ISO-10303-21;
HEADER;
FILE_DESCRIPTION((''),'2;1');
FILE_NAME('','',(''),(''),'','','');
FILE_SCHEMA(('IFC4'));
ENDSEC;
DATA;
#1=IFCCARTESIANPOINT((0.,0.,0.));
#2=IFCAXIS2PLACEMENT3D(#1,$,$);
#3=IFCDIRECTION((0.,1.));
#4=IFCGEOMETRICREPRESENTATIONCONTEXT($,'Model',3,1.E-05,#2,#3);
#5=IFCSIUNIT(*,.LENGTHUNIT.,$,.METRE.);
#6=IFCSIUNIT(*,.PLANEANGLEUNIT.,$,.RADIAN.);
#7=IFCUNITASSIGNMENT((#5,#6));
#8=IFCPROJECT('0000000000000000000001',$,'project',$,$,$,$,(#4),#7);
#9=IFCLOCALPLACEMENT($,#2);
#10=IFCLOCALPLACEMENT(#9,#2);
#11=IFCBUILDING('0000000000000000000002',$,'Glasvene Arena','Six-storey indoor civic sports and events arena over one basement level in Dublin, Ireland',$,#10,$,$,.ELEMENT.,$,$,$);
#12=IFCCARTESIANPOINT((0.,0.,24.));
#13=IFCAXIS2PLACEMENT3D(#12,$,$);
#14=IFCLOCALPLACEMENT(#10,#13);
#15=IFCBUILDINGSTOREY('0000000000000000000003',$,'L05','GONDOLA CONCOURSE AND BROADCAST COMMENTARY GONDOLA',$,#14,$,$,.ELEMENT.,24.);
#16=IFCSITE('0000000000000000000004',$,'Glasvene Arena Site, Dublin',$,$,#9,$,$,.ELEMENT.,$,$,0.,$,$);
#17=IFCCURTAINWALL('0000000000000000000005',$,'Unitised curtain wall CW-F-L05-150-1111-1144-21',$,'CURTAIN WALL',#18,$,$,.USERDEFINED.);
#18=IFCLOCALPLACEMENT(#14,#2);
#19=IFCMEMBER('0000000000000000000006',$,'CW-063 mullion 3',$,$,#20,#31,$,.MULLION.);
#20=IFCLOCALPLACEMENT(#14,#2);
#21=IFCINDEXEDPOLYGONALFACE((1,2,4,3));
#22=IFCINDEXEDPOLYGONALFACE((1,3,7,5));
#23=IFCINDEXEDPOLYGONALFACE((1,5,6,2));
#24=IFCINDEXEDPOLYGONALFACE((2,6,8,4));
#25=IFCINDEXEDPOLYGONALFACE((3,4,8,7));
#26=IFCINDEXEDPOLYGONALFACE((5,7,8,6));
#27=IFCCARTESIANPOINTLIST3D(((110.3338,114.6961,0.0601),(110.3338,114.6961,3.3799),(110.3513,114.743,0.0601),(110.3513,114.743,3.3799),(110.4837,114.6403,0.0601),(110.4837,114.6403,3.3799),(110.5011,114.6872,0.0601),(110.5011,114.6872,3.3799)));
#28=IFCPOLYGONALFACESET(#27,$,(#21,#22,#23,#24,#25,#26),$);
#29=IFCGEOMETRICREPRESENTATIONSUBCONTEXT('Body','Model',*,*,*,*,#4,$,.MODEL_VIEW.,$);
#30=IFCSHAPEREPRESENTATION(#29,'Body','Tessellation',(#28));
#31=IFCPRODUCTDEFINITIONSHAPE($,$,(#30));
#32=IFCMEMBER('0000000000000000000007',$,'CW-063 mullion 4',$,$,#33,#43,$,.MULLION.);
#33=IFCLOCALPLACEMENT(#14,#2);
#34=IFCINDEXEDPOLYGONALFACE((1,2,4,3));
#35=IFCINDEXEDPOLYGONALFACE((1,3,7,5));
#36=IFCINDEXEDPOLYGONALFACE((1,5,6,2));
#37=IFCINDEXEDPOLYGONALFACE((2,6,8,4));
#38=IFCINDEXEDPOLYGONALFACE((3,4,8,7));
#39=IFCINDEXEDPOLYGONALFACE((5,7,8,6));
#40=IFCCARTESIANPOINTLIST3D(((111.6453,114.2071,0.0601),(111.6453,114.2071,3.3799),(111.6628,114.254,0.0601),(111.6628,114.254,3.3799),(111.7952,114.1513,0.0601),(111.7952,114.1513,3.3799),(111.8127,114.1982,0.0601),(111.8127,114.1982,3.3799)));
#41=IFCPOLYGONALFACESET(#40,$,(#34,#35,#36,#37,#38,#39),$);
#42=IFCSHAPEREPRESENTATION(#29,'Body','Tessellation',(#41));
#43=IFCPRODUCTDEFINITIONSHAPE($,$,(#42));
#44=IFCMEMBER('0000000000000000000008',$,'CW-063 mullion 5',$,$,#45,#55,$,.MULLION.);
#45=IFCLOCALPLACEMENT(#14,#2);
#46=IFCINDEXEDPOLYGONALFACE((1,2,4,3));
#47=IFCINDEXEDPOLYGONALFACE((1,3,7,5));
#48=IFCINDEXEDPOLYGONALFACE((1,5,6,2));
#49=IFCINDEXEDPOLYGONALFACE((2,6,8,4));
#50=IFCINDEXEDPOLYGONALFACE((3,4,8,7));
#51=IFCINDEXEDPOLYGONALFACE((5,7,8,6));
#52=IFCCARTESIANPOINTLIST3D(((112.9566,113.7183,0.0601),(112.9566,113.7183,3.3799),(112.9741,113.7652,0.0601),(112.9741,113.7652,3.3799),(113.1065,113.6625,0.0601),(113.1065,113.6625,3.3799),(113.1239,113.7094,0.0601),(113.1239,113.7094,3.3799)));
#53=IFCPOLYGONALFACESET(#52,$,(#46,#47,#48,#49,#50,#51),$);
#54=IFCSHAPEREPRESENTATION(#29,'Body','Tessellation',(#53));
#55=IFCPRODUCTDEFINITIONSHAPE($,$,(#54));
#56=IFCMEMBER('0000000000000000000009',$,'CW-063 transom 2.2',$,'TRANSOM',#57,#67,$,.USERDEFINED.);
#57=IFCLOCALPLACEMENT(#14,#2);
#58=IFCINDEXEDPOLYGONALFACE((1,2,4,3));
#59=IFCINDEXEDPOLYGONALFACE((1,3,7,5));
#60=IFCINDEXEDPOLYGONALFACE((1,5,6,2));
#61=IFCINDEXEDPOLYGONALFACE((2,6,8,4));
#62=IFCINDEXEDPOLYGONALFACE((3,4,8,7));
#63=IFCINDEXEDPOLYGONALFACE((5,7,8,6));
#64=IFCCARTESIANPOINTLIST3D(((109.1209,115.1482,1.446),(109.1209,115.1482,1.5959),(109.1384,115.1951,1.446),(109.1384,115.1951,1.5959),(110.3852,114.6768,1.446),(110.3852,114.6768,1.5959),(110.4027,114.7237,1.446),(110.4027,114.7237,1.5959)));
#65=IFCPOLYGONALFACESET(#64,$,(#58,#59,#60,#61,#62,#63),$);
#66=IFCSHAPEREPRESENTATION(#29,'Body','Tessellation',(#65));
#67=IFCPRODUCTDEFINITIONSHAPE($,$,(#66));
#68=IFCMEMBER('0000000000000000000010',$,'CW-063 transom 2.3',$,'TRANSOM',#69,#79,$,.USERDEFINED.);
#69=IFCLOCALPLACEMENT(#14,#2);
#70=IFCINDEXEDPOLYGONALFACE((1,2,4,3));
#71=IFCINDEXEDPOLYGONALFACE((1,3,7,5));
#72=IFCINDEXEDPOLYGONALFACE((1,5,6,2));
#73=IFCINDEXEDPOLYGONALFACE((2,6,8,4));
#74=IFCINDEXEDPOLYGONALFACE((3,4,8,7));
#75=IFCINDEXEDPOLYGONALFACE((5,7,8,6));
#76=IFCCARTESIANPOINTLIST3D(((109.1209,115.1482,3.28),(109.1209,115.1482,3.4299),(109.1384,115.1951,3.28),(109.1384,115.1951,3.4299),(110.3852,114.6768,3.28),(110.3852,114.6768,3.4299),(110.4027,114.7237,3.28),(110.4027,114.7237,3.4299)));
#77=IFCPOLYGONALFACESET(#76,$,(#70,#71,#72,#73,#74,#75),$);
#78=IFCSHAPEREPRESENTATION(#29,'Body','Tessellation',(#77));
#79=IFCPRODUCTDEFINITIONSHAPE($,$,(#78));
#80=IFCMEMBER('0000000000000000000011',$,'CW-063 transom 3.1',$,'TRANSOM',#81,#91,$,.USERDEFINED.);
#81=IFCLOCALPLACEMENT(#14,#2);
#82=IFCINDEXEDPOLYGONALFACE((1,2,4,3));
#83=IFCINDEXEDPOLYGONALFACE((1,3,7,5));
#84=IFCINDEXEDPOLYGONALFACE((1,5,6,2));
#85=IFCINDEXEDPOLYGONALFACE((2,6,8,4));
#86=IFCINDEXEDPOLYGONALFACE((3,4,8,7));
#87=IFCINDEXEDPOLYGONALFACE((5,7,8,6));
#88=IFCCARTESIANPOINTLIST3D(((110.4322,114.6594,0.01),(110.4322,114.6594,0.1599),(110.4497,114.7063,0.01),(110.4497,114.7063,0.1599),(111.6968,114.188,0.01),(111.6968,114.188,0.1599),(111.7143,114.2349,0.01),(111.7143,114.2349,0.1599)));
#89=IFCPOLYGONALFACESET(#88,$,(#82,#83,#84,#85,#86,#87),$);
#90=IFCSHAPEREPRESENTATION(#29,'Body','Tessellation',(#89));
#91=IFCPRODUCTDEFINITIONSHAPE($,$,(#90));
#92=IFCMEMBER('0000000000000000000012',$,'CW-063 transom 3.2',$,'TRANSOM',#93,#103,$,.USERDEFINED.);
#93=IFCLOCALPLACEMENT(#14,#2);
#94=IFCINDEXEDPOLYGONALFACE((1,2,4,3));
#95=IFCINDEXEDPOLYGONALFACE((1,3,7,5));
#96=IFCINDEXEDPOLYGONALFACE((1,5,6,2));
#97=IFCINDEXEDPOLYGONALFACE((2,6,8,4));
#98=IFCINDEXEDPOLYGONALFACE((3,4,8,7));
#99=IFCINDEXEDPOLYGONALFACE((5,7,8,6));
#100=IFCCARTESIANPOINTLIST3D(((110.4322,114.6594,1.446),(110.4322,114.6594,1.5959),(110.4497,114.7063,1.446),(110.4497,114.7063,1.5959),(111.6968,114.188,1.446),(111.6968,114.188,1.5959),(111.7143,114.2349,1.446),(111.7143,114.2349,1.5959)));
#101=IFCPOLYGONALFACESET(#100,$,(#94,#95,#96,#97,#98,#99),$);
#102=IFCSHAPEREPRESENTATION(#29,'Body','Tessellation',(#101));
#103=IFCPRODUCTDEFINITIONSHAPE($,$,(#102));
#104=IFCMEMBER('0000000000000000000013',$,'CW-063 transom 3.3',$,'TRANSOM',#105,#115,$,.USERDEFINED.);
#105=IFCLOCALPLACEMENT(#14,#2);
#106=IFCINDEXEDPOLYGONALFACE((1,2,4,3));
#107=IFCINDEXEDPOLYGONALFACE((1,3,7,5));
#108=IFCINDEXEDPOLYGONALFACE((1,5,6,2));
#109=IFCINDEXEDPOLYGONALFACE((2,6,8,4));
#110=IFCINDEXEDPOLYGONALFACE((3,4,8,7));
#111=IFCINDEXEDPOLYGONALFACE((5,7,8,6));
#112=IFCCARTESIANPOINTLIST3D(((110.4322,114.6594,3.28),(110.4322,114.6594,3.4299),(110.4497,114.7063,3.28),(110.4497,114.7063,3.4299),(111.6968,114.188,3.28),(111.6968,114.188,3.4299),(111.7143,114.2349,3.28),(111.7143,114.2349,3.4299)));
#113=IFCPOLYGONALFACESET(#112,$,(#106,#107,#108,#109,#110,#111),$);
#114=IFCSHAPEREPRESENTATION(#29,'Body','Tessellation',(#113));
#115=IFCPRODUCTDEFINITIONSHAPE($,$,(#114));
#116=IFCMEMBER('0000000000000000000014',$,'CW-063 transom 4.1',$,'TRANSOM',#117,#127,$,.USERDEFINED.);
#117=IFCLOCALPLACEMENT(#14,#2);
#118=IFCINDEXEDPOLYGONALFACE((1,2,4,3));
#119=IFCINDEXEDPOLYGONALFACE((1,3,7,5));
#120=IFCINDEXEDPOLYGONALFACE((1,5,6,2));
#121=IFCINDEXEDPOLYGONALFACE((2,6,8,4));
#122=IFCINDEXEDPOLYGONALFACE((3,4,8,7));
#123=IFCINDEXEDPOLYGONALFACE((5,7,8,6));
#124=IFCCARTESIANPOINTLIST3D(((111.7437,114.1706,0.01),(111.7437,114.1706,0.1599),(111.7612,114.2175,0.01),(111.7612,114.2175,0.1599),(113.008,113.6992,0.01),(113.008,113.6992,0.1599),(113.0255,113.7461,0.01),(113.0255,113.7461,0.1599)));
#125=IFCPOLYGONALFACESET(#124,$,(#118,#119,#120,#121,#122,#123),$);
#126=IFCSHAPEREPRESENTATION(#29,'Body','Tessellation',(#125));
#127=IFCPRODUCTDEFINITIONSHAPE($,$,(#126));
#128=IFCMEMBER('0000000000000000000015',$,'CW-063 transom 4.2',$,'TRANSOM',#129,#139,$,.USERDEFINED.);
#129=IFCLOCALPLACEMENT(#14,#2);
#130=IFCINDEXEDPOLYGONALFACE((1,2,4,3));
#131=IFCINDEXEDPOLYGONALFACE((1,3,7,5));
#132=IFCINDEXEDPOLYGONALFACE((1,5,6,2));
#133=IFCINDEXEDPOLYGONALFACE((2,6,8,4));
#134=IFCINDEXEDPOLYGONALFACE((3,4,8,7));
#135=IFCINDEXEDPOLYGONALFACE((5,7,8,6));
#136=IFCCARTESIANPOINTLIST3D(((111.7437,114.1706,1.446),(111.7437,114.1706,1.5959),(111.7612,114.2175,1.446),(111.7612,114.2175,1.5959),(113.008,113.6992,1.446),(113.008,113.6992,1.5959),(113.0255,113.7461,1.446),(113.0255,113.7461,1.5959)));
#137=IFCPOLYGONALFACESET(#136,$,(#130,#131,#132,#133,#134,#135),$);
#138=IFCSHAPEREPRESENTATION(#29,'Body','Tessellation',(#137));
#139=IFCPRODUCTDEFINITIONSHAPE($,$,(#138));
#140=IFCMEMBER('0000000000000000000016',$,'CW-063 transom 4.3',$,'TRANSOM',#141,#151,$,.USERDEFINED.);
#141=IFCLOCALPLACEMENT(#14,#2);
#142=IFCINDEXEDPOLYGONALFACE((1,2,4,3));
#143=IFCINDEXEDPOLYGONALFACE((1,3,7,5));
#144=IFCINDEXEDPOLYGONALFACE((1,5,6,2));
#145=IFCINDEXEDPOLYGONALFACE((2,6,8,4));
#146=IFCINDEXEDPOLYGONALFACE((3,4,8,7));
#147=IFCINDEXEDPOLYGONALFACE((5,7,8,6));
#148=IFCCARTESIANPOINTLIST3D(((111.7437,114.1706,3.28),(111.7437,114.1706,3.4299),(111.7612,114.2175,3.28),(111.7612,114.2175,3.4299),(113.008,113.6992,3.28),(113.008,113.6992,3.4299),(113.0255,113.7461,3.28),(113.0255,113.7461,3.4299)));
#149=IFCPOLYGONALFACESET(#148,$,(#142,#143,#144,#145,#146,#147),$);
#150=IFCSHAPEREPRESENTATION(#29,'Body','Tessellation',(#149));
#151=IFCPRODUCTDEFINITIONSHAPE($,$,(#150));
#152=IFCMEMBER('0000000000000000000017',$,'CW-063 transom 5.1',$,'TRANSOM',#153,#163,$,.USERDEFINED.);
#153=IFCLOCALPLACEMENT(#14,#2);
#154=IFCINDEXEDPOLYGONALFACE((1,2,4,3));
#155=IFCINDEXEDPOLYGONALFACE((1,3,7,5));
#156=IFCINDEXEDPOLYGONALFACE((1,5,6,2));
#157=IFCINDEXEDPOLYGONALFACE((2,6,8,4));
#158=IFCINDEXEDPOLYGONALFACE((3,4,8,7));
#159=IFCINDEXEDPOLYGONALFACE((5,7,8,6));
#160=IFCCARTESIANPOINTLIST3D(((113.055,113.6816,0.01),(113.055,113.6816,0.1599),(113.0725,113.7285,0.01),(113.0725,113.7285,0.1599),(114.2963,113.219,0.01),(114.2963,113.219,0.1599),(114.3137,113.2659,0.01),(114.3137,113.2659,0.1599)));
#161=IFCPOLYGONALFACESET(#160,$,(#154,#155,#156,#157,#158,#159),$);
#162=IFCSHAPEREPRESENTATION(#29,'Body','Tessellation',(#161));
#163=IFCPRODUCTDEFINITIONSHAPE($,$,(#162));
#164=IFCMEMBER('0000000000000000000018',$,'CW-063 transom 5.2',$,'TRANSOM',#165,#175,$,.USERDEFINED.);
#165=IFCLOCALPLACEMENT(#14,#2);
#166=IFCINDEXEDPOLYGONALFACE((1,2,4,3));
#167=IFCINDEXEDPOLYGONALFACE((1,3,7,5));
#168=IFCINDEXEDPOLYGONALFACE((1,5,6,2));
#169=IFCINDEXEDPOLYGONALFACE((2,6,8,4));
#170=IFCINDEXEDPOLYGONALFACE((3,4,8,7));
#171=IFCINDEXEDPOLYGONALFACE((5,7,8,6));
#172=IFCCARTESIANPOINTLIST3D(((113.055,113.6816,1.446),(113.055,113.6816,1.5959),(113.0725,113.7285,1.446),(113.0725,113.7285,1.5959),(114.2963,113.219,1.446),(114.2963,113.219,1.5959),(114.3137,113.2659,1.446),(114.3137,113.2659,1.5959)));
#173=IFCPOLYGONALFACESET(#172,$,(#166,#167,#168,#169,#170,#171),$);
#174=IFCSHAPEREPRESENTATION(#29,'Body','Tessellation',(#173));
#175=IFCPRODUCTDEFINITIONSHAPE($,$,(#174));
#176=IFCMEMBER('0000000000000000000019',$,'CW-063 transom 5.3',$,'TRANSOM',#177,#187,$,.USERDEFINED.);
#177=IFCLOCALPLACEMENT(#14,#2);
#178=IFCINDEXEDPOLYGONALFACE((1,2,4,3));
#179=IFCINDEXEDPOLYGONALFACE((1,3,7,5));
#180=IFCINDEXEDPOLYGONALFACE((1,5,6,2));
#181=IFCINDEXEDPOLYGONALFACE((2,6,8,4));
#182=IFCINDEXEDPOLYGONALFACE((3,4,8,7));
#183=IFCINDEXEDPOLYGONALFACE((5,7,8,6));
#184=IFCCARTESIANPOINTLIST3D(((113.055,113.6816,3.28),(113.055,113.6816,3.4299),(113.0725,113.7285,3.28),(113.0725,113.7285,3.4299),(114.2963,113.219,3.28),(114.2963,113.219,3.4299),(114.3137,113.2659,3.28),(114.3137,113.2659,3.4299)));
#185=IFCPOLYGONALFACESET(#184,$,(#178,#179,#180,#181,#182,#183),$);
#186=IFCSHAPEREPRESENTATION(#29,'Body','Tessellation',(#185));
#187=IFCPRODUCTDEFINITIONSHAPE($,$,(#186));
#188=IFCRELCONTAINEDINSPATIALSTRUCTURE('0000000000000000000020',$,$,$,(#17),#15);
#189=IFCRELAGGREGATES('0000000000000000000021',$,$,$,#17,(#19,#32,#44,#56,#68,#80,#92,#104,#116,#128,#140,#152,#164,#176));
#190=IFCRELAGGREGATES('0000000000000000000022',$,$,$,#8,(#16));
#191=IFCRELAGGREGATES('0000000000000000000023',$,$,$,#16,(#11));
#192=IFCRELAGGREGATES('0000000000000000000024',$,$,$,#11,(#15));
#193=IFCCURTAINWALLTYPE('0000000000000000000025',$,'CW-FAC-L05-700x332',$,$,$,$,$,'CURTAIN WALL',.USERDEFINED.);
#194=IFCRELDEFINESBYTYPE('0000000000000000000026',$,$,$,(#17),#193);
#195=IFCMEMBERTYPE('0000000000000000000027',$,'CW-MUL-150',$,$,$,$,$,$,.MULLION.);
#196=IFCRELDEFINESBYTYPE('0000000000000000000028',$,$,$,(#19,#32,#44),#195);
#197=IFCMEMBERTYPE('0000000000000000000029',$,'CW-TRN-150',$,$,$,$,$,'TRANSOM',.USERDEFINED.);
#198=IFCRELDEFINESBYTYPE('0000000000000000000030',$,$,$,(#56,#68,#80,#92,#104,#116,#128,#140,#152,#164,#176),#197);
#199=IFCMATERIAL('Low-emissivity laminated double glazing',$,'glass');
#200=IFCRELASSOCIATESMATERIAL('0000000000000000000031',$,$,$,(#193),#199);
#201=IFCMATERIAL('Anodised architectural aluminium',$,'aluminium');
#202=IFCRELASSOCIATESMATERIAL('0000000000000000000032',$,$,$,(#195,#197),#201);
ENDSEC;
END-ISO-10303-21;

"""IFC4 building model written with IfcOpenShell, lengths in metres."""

from ifc_helpers import new_model, si_unit, direction, frame, origin, origin_2d, place, context, subcontext, project, spatial, rectangle, extrude, material, material_profile, profile_set, type_object, element, aggregate, save


model = new_model("IFC4")

# Units and contexts
model_context = context("Model", 3, precision=1e-05, world=origin(), true_north=direction((0.0, 1.0)))
body_context = subcontext(model_context, "Body", "Model", "MODEL_VIEW")
ifc_project = project(units=[si_unit("LENGTHUNIT", "METRE"), si_unit("PLANEANGLEUNIT", "RADIAN")], contexts=[model_context])

# Site, building, storey
site_placement = place(None, origin())
site = spatial("IfcSite", under=ifc_project, at=site_placement, Name="Glasvene Arena Site, Dublin", CompositionType="ELEMENT", RefElevation=0.0)
building_placement = place(site_placement, origin())
building = spatial("IfcBuilding", under=site, at=building_placement, Name="Glasvene Arena", Description="Six-storey indoor civic sports and events arena over one basement level in Dublin, Ireland", CompositionType="ELEMENT")
storey_placement = place(building_placement, frame((0.0, 0.0, 24.0)))
storey = spatial("IfcBuildingStorey", under=building, at=storey_placement, Name="L05", Description="GONDOLA CONCOURSE AND BROADCAST COMMENTARY GONDOLA", CompositionType="ELEMENT", Elevation=24.0)

# Curtain wall, members
ifc_material_1 = material(Name="Low-emissivity laminated double glazing", Category="glass")
curtain_wall_type = type_object("IfcCurtainWallType", Name="CW-FAC-L05-700x332", ElementType="CURTAIN WALL", PredefinedType="USERDEFINED", material=ifc_material_1)
curtain_wall_placement = place(storey_placement, frame((107.7947, 115.6692, 0.0)))
curtain_wall = element("IfcCurtainWall", 1, at=curtain_wall_placement, inside=storey, type_object=curtain_wall_type, Name="Unitised curtain wall CW-F-L05-150-1111-1144-21", ObjectType="CURTAIN WALL", PredefinedType="USERDEFINED")
ifc_material_2 = material(Name="Anodised architectural aluminium", Category="aluminium")
ifc_material_profile_1 = material_profile(ifc_material_2, rectangle(XDim=0.05, YDim=0.1599, at=origin_2d()), Name="ALU MULLION 50x160")
ifc_profile_set_1 = profile_set([ifc_material_profile_1], Name="Anodised architectural aluminium")
member_type_1 = type_object("IfcMemberType", Name="CW-MUL-150", PredefinedType="MULLION", material=ifc_profile_set_1)
member_1_placement = place(storey_placement, frame((110.4175, 114.6917, 0.0601), z_axis=(0.0, 0.0, 1.0), x_axis=(0.349297, 0.937012, 0.0)))
member_1 = element("IfcMember", 2, at=member_1_placement, type_object=member_type_1, Name="CW-063 mullion 3", PredefinedType="MULLION", context=body_context, shape_type="SweptSolid", body=[
    extrude(rectangle(XDim=0.05, YDim=0.1599, at=origin_2d()), origin(), (0.0, 0.0, 1.0), 3.3198),
])
member_2_placement = place(storey_placement, frame((111.729, 114.2026, 0.0601), z_axis=(0.0, 0.0, 1.0), x_axis=(0.349297, 0.937012, 0.0)))
member_2 = element("IfcMember", 3, at=member_2_placement, type_object=member_type_1, Name="CW-063 mullion 4", PredefinedType="MULLION", context=body_context, shape_type="SweptSolid", body=[
    extrude(rectangle(XDim=0.05, YDim=0.1599, at=origin_2d()), origin(), (0.0, 0.0, 1.0), 3.3198),
])
member_3_placement = place(storey_placement, frame((113.0403, 113.7139, 0.0601), z_axis=(0.0, 0.0, 1.0), x_axis=(0.349297, 0.937012, 0.0)))
member_3 = element("IfcMember", 4, at=member_3_placement, type_object=member_type_1, Name="CW-063 mullion 5", PredefinedType="MULLION", context=body_context, shape_type="SweptSolid", body=[
    extrude(rectangle(XDim=0.05, YDim=0.1599, at=origin_2d()), origin(), (0.0, 0.0, 1.0), 3.3198),
])
ifc_material_profile_2 = material_profile(ifc_material_2, rectangle(XDim=0.05, YDim=0.1499, at=origin_2d()), Name="ALU TRANSOM 50x150")
ifc_profile_set_2 = profile_set([ifc_material_profile_2], Name="Anodised architectural aluminium")
member_type_2 = type_object("IfcMemberType", Name="CW-TRN-150", ElementType="TRANSOM", PredefinedType="USERDEFINED", material=ifc_profile_set_2)
member_4_placement = place(storey_placement, frame((109.1296, 115.1716, 1.521), z_axis=(0.936989, -0.349358, 0.0), x_axis=(0.349358, 0.936989, 0.0)))
member_4 = element("IfcMember", 5, at=member_4_placement, type_object=member_type_2, Name="CW-063 transom 2.2", ObjectType="TRANSOM", PredefinedType="USERDEFINED", context=body_context, shape_type="SweptSolid", body=[
    extrude(rectangle(XDim=0.05, YDim=0.1499, at=origin_2d()), origin(), (0.0, 0.0, 1.0), 1.3494),
])
member_5_placement = place(storey_placement, frame((109.1296, 115.1716, 3.355), z_axis=(0.936989, -0.349358, 0.0), x_axis=(0.349358, 0.936989, 0.0)))
member_5 = element("IfcMember", 6, at=member_5_placement, type_object=member_type_2, Name="CW-063 transom 2.3", ObjectType="TRANSOM", PredefinedType="USERDEFINED", context=body_context, shape_type="SweptSolid", body=[
    extrude(rectangle(XDim=0.05, YDim=0.1499, at=origin_2d()), origin(), (0.0, 0.0, 1.0), 1.3494),
])
member_6_placement = place(storey_placement, frame((110.4409, 114.6829, 0.085), z_axis=(0.937011, -0.349299, 0.0), x_axis=(0.349299, 0.937011, 0.0)))
member_6 = element("IfcMember", 7, at=member_6_placement, type_object=member_type_2, Name="CW-063 transom 3.1", ObjectType="TRANSOM", PredefinedType="USERDEFINED", context=body_context, shape_type="SweptSolid", body=[
    extrude(rectangle(XDim=0.05, YDim=0.1499, at=origin_2d()), origin(), (0.0, 0.0, 1.0), 1.3496),
])
member_7_placement = place(storey_placement, frame((110.4409, 114.6829, 1.521), z_axis=(0.937011, -0.349299, 0.0), x_axis=(0.349299, 0.937011, 0.0)))
member_7 = element("IfcMember", 8, at=member_7_placement, type_object=member_type_2, Name="CW-063 transom 3.2", ObjectType="TRANSOM", PredefinedType="USERDEFINED", context=body_context, shape_type="SweptSolid", body=[
    extrude(rectangle(XDim=0.05, YDim=0.1499, at=origin_2d()), origin(), (0.0, 0.0, 1.0), 1.3496),
])
member_8_placement = place(storey_placement, frame((110.4409, 114.6829, 3.355), z_axis=(0.937011, -0.349299, 0.0), x_axis=(0.349299, 0.937011, 0.0)))
member_8 = element("IfcMember", 9, at=member_8_placement, type_object=member_type_2, Name="CW-063 transom 3.3", ObjectType="TRANSOM", PredefinedType="USERDEFINED", context=body_context, shape_type="SweptSolid", body=[
    extrude(rectangle(XDim=0.05, YDim=0.1499, at=origin_2d()), origin(), (0.0, 0.0, 1.0), 1.3496),
])
member_9_placement = place(storey_placement, frame((111.7524, 114.1941, 0.085), z_axis=(0.936989, -0.349358, 0.0), x_axis=(0.349358, 0.936989, 0.0)))
member_9 = element("IfcMember", 10, at=member_9_placement, type_object=member_type_2, Name="CW-063 transom 4.1", ObjectType="TRANSOM", PredefinedType="USERDEFINED", context=body_context, shape_type="SweptSolid", body=[
    extrude(rectangle(XDim=0.05, YDim=0.1499, at=origin_2d()), origin(), (0.0, 0.0, 1.0), 1.3494),
])
member_10_placement = place(storey_placement, frame((111.7524, 114.1941, 1.521), z_axis=(0.936989, -0.349358, 0.0), x_axis=(0.349358, 0.936989, 0.0)))
member_10 = element("IfcMember", 11, at=member_10_placement, type_object=member_type_2, Name="CW-063 transom 4.2", ObjectType="TRANSOM", PredefinedType="USERDEFINED", context=body_context, shape_type="SweptSolid", body=[
    extrude(rectangle(XDim=0.05, YDim=0.1499, at=origin_2d()), origin(), (0.0, 0.0, 1.0), 1.3494),
])
member_11_placement = place(storey_placement, frame((111.7524, 114.1941, 3.355), z_axis=(0.936989, -0.349358, 0.0), x_axis=(0.349358, 0.936989, 0.0)))
member_11 = element("IfcMember", 12, at=member_11_placement, type_object=member_type_2, Name="CW-063 transom 4.3", ObjectType="TRANSOM", PredefinedType="USERDEFINED", context=body_context, shape_type="SweptSolid", body=[
    extrude(rectangle(XDim=0.05, YDim=0.1499, at=origin_2d()), origin(), (0.0, 0.0, 1.0), 1.3494),
])
member_12_placement = place(storey_placement, frame((113.0637, 113.7051, 0.085), z_axis=(0.937024, -0.349265, 0.0), x_axis=(0.349265, 0.937024, 0.0)))
member_12 = element("IfcMember", 13, at=member_12_placement, type_object=member_type_2, Name="CW-063 transom 5.1", ObjectType="TRANSOM", PredefinedType="USERDEFINED", context=body_context, shape_type="SweptSolid", body=[
    extrude(rectangle(XDim=0.05, YDim=0.1499, at=origin_2d()), origin(), (0.0, 0.0, 1.0), 1.3247),
])
member_13_placement = place(storey_placement, frame((113.0637, 113.7051, 1.521), z_axis=(0.937024, -0.349265, 0.0), x_axis=(0.349265, 0.937024, 0.0)))
member_13 = element("IfcMember", 14, at=member_13_placement, type_object=member_type_2, Name="CW-063 transom 5.2", ObjectType="TRANSOM", PredefinedType="USERDEFINED", context=body_context, shape_type="SweptSolid", body=[
    extrude(rectangle(XDim=0.05, YDim=0.1499, at=origin_2d()), origin(), (0.0, 0.0, 1.0), 1.3247),
])
member_14_placement = place(storey_placement, frame((113.0637, 113.7051, 3.355), z_axis=(0.937024, -0.349265, 0.0), x_axis=(0.349265, 0.937024, 0.0)))
member_14 = element("IfcMember", 15, at=member_14_placement, type_object=member_type_2, Name="CW-063 transom 5.3", ObjectType="TRANSOM", PredefinedType="USERDEFINED", context=body_context, shape_type="SweptSolid", body=[
    extrude(rectangle(XDim=0.05, YDim=0.1499, at=origin_2d()), origin(), (0.0, 0.0, 1.0), 1.3247),
])
aggregate(curtain_wall, [member_1, member_2, member_3, member_4, member_5, member_6, member_7, member_8, member_9, member_10, member_11, member_12, member_13, member_14])

save(model, "model.ifc")
